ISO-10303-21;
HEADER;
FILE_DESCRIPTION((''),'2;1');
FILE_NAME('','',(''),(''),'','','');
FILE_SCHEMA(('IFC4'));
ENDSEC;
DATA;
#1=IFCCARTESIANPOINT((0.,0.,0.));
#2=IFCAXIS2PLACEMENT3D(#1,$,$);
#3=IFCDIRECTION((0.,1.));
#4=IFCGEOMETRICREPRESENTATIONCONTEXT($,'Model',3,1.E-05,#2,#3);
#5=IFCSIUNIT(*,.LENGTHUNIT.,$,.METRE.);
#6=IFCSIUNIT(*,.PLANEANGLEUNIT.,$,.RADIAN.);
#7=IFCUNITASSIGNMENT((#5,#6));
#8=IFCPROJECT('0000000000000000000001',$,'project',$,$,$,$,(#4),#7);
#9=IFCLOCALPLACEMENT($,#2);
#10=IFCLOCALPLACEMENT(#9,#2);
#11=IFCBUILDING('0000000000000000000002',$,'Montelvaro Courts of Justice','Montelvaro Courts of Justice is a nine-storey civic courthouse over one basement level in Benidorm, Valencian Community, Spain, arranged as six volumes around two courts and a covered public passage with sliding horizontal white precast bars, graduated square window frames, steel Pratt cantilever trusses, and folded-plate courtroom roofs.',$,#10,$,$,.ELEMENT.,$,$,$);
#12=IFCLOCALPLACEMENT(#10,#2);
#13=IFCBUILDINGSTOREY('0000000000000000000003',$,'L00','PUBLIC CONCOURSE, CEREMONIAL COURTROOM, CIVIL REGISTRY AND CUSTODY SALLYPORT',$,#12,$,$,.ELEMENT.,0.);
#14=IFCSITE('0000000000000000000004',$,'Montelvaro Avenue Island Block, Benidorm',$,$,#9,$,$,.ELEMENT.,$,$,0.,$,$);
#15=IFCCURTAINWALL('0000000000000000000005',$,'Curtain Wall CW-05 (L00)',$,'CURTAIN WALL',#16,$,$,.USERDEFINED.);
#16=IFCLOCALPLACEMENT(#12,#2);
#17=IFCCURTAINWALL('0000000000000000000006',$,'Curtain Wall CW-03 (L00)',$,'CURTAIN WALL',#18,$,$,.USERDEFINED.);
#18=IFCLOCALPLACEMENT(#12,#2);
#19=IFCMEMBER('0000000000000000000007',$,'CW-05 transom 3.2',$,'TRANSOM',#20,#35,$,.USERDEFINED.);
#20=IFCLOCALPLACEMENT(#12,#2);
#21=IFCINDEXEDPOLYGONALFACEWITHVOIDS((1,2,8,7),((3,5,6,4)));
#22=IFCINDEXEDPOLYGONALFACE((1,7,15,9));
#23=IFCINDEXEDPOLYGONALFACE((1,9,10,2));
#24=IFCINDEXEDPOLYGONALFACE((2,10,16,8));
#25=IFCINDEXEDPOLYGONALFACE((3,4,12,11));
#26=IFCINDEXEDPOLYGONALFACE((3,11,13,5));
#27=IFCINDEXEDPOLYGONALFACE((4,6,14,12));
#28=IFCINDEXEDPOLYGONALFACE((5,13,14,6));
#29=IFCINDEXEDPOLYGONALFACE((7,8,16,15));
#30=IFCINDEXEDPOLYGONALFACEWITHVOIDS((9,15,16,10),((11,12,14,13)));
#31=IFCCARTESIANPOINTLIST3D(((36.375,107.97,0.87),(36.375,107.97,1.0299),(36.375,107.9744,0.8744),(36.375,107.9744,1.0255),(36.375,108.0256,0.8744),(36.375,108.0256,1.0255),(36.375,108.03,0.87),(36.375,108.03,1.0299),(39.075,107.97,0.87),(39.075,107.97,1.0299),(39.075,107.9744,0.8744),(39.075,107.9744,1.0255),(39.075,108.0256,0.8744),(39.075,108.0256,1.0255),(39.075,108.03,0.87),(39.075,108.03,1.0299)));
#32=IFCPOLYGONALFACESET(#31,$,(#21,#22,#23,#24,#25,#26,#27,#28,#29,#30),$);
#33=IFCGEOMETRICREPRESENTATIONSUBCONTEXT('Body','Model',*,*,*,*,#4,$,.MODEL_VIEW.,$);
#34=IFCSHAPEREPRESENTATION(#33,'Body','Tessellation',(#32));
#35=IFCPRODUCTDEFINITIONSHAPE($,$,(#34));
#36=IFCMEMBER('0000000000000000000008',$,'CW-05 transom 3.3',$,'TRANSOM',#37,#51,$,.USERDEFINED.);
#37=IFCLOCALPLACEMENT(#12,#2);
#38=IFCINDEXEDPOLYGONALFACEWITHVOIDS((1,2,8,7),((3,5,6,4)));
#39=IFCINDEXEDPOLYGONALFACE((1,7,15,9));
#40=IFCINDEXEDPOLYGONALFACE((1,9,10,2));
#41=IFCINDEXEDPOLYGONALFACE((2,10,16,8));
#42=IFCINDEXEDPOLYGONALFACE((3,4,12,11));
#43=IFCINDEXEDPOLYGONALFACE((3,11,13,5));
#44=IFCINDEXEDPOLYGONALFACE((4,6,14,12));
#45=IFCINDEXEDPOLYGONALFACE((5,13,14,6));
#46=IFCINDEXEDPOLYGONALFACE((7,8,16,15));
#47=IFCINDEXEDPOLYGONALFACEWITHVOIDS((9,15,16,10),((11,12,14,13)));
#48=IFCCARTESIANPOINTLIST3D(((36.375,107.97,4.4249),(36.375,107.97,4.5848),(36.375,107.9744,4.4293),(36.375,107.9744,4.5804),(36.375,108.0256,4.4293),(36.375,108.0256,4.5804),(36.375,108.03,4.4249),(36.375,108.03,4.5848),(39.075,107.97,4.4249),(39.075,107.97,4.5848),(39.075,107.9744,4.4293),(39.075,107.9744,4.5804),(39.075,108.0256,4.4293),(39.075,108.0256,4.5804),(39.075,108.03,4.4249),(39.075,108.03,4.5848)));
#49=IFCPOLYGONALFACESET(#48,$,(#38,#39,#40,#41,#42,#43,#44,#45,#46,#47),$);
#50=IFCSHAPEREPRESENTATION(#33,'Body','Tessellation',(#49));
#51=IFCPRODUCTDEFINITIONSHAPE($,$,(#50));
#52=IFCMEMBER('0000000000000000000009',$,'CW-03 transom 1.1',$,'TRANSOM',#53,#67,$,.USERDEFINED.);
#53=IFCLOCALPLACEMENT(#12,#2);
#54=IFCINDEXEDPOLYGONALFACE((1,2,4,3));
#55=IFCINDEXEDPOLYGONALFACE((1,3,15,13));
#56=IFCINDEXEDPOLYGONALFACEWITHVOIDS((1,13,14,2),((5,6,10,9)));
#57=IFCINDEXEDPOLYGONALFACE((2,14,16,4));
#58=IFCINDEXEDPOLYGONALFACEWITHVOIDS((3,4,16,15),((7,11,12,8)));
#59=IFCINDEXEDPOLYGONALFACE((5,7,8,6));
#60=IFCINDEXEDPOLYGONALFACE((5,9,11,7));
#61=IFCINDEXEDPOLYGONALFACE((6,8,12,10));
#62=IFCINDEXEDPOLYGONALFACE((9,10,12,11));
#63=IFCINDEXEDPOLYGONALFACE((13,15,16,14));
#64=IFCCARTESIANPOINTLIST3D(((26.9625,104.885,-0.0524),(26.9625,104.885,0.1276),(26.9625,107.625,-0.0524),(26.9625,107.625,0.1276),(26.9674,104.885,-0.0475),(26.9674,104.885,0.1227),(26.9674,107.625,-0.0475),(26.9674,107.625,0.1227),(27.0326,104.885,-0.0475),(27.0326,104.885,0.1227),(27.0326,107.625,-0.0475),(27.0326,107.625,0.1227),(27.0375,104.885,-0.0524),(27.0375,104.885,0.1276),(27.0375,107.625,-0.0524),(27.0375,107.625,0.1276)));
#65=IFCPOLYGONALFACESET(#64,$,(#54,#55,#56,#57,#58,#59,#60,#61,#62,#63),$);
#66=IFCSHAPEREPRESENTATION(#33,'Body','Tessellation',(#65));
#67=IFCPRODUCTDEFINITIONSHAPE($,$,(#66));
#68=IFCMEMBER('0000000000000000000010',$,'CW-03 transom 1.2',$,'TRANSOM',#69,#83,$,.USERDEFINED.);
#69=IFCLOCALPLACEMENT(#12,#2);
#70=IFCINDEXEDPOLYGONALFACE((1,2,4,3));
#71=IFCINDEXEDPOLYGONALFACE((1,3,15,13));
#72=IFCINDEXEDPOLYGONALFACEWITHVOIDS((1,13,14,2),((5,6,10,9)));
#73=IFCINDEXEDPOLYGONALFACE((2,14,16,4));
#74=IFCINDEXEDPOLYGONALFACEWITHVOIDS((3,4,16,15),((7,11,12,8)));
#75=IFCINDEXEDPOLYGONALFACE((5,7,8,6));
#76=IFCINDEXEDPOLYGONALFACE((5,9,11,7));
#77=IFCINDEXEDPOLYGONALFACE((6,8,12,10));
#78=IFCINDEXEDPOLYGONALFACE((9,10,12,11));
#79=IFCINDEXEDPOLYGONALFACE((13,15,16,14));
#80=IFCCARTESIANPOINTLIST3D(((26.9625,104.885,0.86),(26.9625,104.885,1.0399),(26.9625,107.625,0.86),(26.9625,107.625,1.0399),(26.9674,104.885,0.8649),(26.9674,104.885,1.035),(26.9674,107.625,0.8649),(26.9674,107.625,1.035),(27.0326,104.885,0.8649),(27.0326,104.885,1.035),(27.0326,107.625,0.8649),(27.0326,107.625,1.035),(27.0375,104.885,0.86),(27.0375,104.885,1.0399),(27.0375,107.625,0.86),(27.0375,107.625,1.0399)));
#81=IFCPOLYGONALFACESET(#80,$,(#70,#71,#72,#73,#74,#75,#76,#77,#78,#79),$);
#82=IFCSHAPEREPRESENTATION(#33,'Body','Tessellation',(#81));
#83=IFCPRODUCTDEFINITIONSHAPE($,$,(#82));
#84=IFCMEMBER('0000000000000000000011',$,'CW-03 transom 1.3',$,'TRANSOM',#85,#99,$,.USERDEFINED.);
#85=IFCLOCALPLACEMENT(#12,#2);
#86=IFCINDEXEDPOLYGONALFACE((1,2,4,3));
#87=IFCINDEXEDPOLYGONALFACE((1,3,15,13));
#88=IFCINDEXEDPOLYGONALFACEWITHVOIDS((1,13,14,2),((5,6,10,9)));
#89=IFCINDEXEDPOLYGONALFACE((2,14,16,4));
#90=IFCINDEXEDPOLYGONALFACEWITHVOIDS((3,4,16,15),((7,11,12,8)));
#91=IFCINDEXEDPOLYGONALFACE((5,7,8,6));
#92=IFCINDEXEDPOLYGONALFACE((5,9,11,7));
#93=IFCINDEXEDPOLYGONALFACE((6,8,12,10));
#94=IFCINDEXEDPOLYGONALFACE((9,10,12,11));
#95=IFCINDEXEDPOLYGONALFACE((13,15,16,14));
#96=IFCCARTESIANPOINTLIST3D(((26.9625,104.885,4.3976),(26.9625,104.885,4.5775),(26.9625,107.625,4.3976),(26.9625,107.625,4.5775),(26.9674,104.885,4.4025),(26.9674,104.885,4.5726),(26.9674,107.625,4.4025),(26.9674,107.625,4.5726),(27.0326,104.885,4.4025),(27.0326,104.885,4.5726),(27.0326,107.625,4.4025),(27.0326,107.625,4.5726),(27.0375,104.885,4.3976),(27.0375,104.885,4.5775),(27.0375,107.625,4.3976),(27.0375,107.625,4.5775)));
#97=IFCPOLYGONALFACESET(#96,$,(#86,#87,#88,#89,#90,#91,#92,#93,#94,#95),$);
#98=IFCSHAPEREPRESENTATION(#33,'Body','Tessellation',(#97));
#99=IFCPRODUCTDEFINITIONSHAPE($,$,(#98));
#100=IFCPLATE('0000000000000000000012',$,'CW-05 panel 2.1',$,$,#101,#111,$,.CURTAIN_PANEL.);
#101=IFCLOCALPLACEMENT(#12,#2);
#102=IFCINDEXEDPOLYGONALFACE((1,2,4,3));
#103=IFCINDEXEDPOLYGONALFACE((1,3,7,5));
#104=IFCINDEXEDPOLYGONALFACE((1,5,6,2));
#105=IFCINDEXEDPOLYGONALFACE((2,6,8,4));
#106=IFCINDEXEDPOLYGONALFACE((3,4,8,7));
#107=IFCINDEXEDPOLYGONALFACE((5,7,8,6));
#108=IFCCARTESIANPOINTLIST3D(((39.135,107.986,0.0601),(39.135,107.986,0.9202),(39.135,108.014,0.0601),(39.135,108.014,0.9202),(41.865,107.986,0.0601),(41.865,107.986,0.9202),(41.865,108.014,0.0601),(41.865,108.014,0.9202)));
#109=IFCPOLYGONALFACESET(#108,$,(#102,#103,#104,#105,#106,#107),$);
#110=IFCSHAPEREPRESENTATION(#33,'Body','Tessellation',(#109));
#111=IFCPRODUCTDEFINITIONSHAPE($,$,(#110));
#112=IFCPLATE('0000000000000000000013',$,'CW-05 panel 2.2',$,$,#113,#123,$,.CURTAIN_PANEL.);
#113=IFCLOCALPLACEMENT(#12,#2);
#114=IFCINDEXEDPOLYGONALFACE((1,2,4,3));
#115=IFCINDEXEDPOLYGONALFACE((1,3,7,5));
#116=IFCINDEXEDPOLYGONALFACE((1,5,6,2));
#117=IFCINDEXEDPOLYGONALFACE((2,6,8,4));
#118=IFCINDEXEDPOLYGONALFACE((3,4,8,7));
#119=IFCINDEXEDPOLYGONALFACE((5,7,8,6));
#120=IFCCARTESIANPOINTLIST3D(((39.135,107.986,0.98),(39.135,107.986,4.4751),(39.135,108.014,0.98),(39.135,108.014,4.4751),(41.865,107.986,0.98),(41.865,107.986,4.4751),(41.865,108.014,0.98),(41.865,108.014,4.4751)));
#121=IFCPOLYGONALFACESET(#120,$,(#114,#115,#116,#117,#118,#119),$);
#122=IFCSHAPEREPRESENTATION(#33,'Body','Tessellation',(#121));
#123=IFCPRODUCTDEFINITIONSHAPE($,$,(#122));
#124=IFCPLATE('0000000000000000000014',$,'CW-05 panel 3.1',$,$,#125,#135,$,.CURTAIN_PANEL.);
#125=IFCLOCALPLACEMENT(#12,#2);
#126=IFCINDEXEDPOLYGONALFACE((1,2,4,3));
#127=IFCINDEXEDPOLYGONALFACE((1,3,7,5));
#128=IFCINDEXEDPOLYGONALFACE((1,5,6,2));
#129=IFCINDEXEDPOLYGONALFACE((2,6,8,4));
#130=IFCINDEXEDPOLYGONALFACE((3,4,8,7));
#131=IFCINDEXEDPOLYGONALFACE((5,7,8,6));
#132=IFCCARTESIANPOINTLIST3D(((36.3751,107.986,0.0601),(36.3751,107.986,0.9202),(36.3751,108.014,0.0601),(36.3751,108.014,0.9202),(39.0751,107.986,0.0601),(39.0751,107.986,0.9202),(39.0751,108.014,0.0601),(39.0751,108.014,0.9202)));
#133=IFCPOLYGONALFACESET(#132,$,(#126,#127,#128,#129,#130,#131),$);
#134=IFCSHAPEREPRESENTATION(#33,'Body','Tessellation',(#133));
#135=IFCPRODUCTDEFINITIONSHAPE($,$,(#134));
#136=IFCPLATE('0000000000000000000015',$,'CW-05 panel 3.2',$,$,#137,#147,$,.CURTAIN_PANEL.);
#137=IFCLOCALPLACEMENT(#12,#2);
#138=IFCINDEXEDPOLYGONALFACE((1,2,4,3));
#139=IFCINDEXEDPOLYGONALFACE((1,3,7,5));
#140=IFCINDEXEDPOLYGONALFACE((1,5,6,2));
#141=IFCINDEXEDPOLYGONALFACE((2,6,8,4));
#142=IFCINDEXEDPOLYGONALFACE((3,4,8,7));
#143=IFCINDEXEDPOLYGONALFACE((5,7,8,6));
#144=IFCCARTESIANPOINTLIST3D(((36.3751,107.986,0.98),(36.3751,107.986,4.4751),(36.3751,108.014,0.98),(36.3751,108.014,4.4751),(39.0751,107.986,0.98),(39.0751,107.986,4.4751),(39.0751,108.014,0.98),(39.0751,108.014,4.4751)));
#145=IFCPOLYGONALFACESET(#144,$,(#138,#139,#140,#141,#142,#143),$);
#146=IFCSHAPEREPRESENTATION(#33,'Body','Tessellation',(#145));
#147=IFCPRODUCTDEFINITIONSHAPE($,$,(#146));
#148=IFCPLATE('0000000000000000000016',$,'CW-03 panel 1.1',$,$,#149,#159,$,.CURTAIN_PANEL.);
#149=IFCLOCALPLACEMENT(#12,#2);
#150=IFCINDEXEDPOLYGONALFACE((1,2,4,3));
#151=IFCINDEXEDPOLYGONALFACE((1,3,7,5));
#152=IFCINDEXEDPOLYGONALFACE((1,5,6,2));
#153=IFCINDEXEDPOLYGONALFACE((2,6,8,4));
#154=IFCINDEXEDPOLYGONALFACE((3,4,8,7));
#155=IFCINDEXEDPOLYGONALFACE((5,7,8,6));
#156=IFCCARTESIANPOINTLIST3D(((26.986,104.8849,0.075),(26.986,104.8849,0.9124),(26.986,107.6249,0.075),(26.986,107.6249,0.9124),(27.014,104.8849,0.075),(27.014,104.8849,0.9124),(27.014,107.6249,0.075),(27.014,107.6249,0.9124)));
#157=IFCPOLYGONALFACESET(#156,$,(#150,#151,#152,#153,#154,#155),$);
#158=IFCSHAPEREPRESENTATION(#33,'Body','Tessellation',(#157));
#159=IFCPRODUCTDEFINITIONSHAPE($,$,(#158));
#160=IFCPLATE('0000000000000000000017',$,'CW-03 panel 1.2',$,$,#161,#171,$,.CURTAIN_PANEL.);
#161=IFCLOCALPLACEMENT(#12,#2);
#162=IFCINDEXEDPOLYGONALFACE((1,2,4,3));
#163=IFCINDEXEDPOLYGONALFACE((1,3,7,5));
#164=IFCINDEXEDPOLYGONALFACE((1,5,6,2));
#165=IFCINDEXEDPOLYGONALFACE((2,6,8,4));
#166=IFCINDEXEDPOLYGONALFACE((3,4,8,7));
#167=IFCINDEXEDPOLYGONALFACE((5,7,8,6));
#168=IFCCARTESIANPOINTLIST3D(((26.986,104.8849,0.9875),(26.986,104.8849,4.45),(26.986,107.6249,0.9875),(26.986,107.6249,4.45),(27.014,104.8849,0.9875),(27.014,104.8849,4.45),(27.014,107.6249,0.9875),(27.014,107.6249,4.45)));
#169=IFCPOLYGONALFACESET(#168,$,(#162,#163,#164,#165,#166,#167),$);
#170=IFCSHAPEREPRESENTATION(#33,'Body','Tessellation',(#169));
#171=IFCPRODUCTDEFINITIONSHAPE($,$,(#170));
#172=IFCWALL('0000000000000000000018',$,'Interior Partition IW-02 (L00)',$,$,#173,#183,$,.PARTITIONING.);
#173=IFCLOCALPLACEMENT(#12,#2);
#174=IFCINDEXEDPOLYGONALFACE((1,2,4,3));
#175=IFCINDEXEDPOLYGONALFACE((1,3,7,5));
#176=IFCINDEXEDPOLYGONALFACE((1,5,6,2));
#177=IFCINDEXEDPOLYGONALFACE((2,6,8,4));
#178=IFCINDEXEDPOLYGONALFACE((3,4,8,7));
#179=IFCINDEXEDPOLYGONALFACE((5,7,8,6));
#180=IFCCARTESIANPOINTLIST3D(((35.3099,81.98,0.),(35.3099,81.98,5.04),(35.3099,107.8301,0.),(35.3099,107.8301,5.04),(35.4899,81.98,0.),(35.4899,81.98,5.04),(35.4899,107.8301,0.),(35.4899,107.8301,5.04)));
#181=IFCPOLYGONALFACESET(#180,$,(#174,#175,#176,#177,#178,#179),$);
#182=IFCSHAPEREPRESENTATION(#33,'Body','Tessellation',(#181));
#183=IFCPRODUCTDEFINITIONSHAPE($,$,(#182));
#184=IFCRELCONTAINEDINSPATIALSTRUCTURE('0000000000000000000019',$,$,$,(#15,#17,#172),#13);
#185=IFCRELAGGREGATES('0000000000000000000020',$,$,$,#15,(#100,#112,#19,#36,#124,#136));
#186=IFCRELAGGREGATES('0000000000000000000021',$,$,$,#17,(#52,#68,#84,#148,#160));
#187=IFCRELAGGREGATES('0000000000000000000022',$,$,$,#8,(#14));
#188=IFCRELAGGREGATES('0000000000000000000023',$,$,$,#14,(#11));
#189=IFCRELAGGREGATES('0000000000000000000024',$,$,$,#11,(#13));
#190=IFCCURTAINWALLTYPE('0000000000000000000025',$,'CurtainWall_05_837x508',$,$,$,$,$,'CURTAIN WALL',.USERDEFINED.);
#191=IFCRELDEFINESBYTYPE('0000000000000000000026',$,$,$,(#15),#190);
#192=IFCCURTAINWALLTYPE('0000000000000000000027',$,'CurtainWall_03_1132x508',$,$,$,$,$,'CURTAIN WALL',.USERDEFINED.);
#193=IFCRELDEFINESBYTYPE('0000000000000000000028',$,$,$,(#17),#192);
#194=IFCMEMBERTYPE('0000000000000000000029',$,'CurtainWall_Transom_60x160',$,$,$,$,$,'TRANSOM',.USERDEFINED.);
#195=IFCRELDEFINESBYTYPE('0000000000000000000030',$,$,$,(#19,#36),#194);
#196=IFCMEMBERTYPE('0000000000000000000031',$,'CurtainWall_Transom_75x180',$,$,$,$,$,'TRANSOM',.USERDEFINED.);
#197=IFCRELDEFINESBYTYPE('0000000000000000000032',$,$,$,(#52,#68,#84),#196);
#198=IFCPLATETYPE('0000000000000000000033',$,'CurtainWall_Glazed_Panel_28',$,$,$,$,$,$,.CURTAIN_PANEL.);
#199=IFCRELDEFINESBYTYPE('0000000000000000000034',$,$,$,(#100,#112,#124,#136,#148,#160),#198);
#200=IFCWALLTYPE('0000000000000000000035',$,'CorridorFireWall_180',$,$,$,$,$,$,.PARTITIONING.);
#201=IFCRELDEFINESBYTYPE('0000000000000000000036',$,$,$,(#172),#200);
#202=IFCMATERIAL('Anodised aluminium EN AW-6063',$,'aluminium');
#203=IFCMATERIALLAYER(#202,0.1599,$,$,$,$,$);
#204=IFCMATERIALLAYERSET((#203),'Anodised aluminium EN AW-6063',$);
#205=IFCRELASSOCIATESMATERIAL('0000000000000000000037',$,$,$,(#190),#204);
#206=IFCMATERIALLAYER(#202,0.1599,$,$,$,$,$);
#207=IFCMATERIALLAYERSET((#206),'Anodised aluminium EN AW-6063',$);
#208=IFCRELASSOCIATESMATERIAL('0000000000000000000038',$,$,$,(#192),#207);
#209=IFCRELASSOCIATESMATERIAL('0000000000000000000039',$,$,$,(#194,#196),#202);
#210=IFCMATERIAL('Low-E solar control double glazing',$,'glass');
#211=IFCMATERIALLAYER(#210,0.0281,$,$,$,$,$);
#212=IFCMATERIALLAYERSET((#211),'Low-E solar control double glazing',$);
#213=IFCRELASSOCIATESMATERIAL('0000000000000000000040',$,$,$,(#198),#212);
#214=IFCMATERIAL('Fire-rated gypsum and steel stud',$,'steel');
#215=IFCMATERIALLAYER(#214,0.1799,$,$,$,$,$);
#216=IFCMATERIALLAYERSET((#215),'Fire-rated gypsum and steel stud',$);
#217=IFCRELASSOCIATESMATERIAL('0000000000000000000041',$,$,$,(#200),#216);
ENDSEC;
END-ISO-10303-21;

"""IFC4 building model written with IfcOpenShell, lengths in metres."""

from ifc_helpers import new_model, si_unit, direction, frame, frame_2d, origin, origin_2d, place, context, subcontext, project, spatial, rectangle, hollow_rectangle, extrude, material, layer, layer_set, material_profile, profile_set, type_object, element, aggregate, save


model = new_model("IFC4")

# Units and contexts
model_context = context("Model", 3, precision=1e-05, world=origin(), true_north=direction((0.0, 1.0)))
body_context = subcontext(model_context, "Body", "Model", "MODEL_VIEW")
ifc_project = project(units=[si_unit("LENGTHUNIT", "METRE"), si_unit("PLANEANGLEUNIT", "RADIAN")], contexts=[model_context])

# Site, building, storey
site_placement = place(None, origin())
site = spatial("IfcSite", under=ifc_project, at=site_placement, Name="Montelvaro Avenue Island Block, Benidorm", CompositionType="ELEMENT", RefElevation=0.0)
building_placement = place(site_placement, origin())
building = spatial("IfcBuilding", under=site, at=building_placement, Name="Montelvaro Courts of Justice", Description="Montelvaro Courts of Justice is a nine-storey civic courthouse over one basement level in Benidorm, Valencian Community, Spain, arranged as six volumes around two courts and a covered public passage with sliding horizontal white precast bars, graduated square window frames, steel Pratt cantilever trusses, and folded-plate courtroom roofs.", CompositionType="ELEMENT")
storey_placement = place(building_placement, origin())
storey = spatial("IfcBuildingStorey", under=building, at=storey_placement, Name="L00", Description="PUBLIC CONCOURSE, CEREMONIAL COURTROOM, CIVIL REGISTRY AND CUSTODY SALLYPORT", CompositionType="ELEMENT", Elevation=0.0)

# Curtain wall
ifc_material_1 = material(Name="Anodised aluminium EN AW-6063", Category="aluminium")
ifc_layer_1 = layer(ifc_material_1, 0.1599)
ifc_layer_set_1 = layer_set([ifc_layer_1], Name="Anodised aluminium EN AW-6063")
curtain_wall_type_1 = type_object("IfcCurtainWallType", Name="CurtainWall_05_837x508", ElementType="CURTAIN WALL", PredefinedType="USERDEFINED", material=ifc_layer_set_1)
curtain_wall_1_placement = place(storey_placement, origin())
curtain_wall_1 = element("IfcCurtainWall", 1, at=curtain_wall_1_placement, inside=storey, type_object=curtain_wall_type_1, Name="Curtain Wall CW-05 (L00)", ObjectType="CURTAIN WALL", PredefinedType="USERDEFINED")

# Curtain wall
ifc_layer_2 = layer(ifc_material_1, 0.1599)
ifc_layer_set_2 = layer_set([ifc_layer_2], Name="Anodised aluminium EN AW-6063")
curtain_wall_type_2 = type_object("IfcCurtainWallType", Name="CurtainWall_03_1132x508", ElementType="CURTAIN WALL", PredefinedType="USERDEFINED", material=ifc_layer_set_2)
curtain_wall_2_placement = place(storey_placement, origin())
curtain_wall_2 = element("IfcCurtainWall", 2, at=curtain_wall_2_placement, inside=storey, type_object=curtain_wall_type_2, Name="Curtain Wall CW-03 (L00)", ObjectType="CURTAIN WALL", PredefinedType="USERDEFINED")

# Members
ifc_material_profile_1 = material_profile(ifc_material_1, hollow_rectangle(XDim=0.0601, YDim=0.1599, WallThickness=0.0044, at=origin_2d()), Name="ALU-T 60x160")
ifc_profile_set_1 = profile_set([ifc_material_profile_1], Name="Anodised aluminium EN AW-6063")
member_type_1 = type_object("IfcMemberType", Name="CurtainWall_Transom_60x160", ElementType="TRANSOM", PredefinedType="USERDEFINED", material=ifc_profile_set_1)
member_1_placement = place(storey_placement, frame((39.075, 108.0, 0.95), z_axis=(-1.0, 0.0, 0.0), x_axis=(0.0, -1.0, 0.0)))
member_1 = element("IfcMember", 3, at=member_1_placement, type_object=member_type_1, Name="CW-05 transom 3.2", ObjectType="TRANSOM", PredefinedType="USERDEFINED", context=body_context, shape_type="SweptSolid", body=[
    extrude(hollow_rectangle(XDim=0.0601, YDim=0.1599, WallThickness=0.0044, at=origin_2d()), origin(), (0.0, 0.0, 1.0), 2.7),
])
member_2_placement = place(storey_placement, frame((39.075, 108.0, 4.5049), z_axis=(-1.0, 0.0, 0.0), x_axis=(0.0, -1.0, 0.0)))
member_2 = element("IfcMember", 4, at=member_2_placement, type_object=member_type_1, Name="CW-05 transom 3.3", ObjectType="TRANSOM", PredefinedType="USERDEFINED", context=body_context, shape_type="SweptSolid", body=[
    extrude(hollow_rectangle(XDim=0.0601, YDim=0.1599, WallThickness=0.0044, at=origin_2d()), origin(), (0.0, 0.0, 1.0), 2.7),
])
ifc_material_profile_2 = material_profile(ifc_material_1, hollow_rectangle(XDim=0.075, YDim=0.1799, WallThickness=0.0049, at=origin_2d()), Name="ALU-T 75x180")
ifc_profile_set_2 = profile_set([ifc_material_profile_2], Name="Anodised aluminium EN AW-6063")
member_type_2 = type_object("IfcMemberType", Name="CurtainWall_Transom_75x180", ElementType="TRANSOM", PredefinedType="USERDEFINED", material=ifc_profile_set_2)
member_3_placement = place(storey_placement, frame((27.0, 107.625, 0.0376), z_axis=(0.0, -1.0, 0.0), x_axis=(1.0, 0.0, 0.0)))
member_3 = element("IfcMember", 5, at=member_3_placement, type_object=member_type_2, Name="CW-03 transom 1.1", ObjectType="TRANSOM", PredefinedType="USERDEFINED", context=body_context, shape_type="SweptSolid", body=[
    extrude(hollow_rectangle(XDim=0.075, YDim=0.1799, WallThickness=0.0049, at=origin_2d()), origin(), (0.0, 0.0, 1.0), 2.74),
])
member_4_placement = place(storey_placement, frame((27.0, 107.625, 0.95), z_axis=(0.0, -1.0, 0.0), x_axis=(1.0, 0.0, 0.0)))
member_4 = element("IfcMember", 6, at=member_4_placement, type_object=member_type_2, Name="CW-03 transom 1.2", ObjectType="TRANSOM", PredefinedType="USERDEFINED", context=body_context, shape_type="SweptSolid", body=[
    extrude(hollow_rectangle(XDim=0.075, YDim=0.1799, WallThickness=0.0049, at=origin_2d()), origin(), (0.0, 0.0, 1.0), 2.74),
])
member_5_placement = place(storey_placement, frame((27.0, 107.625, 4.4875), z_axis=(0.0, -1.0, 0.0), x_axis=(1.0, 0.0, 0.0)))
member_5 = element("IfcMember", 7, at=member_5_placement, type_object=member_type_2, Name="CW-03 transom 1.3", ObjectType="TRANSOM", PredefinedType="USERDEFINED", context=body_context, shape_type="SweptSolid", body=[
    extrude(hollow_rectangle(XDim=0.075, YDim=0.1799, WallThickness=0.0049, at=origin_2d()), origin(), (0.0, 0.0, 1.0), 2.74),
])

# Plates
ifc_material_2 = material(Name="Low-E solar control double glazing", Category="glass")
ifc_layer_3 = layer(ifc_material_2, 0.0281)
ifc_layer_set_3 = layer_set([ifc_layer_3], Name="Low-E solar control double glazing")
plate_type = type_object("IfcPlateType", Name="CurtainWall_Glazed_Panel_28", PredefinedType="CURTAIN_PANEL", material=ifc_layer_set_3)
plate_1_placement = place(storey_placement, frame((40.5, 108.0, 0.0601), z_axis=(0.0, 0.0, 1.0), x_axis=(-1.0, 0.0, 0.0)))
plate_1 = element("IfcPlate", 8, at=plate_1_placement, type_object=plate_type, Name="CW-05 panel 2.1", PredefinedType="CURTAIN_PANEL", context=body_context, shape_type="SweptSolid", body=[
    extrude(rectangle(XDim=2.73, YDim=0.0281, at=origin_2d()), origin(), (0.0, 0.0, 1.0), 0.8601),
])
plate_2_placement = place(storey_placement, frame((40.5, 108.0, 0.98), z_axis=(0.0, 0.0, 1.0), x_axis=(-1.0, 0.0, 0.0)))
plate_2 = element("IfcPlate", 9, at=plate_2_placement, type_object=plate_type, Name="CW-05 panel 2.2", PredefinedType="CURTAIN_PANEL", context=body_context, shape_type="SweptSolid", body=[
    extrude(rectangle(XDim=2.73, YDim=0.0281, at=origin_2d()), origin(), (0.0, 0.0, 1.0), 3.4951),
])
plate_3_placement = place(storey_placement, frame((37.7251, 108.0, 0.0601), z_axis=(0.0, 0.0, 1.0), x_axis=(-1.0, 0.0, 0.0)))
plate_3 = element("IfcPlate", 10, at=plate_3_placement, type_object=plate_type, Name="CW-05 panel 3.1", PredefinedType="CURTAIN_PANEL", context=body_context, shape_type="SweptSolid", body=[
    extrude(rectangle(XDim=2.7, YDim=0.0281, at=origin_2d()), origin(), (0.0, 0.0, 1.0), 0.8601),
])
plate_4_placement = place(storey_placement, frame((37.7251, 108.0, 0.98), z_axis=(0.0, 0.0, 1.0), x_axis=(-1.0, 0.0, 0.0)))
plate_4 = element("IfcPlate", 11, at=plate_4_placement, type_object=plate_type, Name="CW-05 panel 3.2", PredefinedType="CURTAIN_PANEL", context=body_context, shape_type="SweptSolid", body=[
    extrude(rectangle(XDim=2.7, YDim=0.0281, at=origin_2d()), origin(), (0.0, 0.0, 1.0), 3.4951),
])
aggregate(curtain_wall_1, [plate_1, plate_2, member_1, member_2, plate_3, plate_4])
plate_5_placement = place(storey_placement, frame((27.0, 106.2549, 0.075), z_axis=(0.0, 0.0, 1.0), x_axis=(0.0, -1.0, 0.0)))
plate_5 = element("IfcPlate", 12, at=plate_5_placement, type_object=plate_type, Name="CW-03 panel 1.1", PredefinedType="CURTAIN_PANEL", context=body_context, shape_type="SweptSolid", body=[
    extrude(rectangle(XDim=2.74, YDim=0.0281, at=origin_2d()), origin(), (0.0, 0.0, 1.0), 0.8374),
])
plate_6_placement = place(storey_placement, frame((27.0, 106.2549, 0.9875), z_axis=(0.0, 0.0, 1.0), x_axis=(0.0, -1.0, 0.0)))
plate_6 = element("IfcPlate", 13, at=plate_6_placement, type_object=plate_type, Name="CW-03 panel 1.2", PredefinedType="CURTAIN_PANEL", context=body_context, shape_type="SweptSolid", body=[
    extrude(rectangle(XDim=2.74, YDim=0.0281, at=origin_2d()), origin(), (0.0, 0.0, 1.0), 3.4624),
])
aggregate(curtain_wall_2, [member_3, member_4, member_5, plate_5, plate_6])

# Wall
ifc_material_3 = material(Name="Fire-rated gypsum and steel stud", Category="steel")
ifc_layer_4 = layer(ifc_material_3, 0.1799)
ifc_layer_set_4 = layer_set([ifc_layer_4], Name="Fire-rated gypsum and steel stud")
wall_type_1 = type_object("IfcWallType", Name="CorridorFireWall_180", PredefinedType="PARTITIONING", material=ifc_layer_set_4)
wall_1_placement = place(storey_placement, frame((35.3999, 107.8301, 0.0), z_axis=(0.0, 0.0, 1.0), x_axis=(0.0, -1.0, 0.0)))
element("IfcWall", 14, at=wall_1_placement, inside=storey, type_object=wall_type_1, Name="Interior Partition IW-02 (L00)", PredefinedType="PARTITIONING", context=body_context, shape_type="SweptSolid", body=[
    extrude(rectangle(XDim=25.8501, YDim=0.1799, at=frame_2d((12.925, 0.0))), origin(), (0.0, 0.0, 1.0), 5.04),
])

save(model, "model.ifc")
